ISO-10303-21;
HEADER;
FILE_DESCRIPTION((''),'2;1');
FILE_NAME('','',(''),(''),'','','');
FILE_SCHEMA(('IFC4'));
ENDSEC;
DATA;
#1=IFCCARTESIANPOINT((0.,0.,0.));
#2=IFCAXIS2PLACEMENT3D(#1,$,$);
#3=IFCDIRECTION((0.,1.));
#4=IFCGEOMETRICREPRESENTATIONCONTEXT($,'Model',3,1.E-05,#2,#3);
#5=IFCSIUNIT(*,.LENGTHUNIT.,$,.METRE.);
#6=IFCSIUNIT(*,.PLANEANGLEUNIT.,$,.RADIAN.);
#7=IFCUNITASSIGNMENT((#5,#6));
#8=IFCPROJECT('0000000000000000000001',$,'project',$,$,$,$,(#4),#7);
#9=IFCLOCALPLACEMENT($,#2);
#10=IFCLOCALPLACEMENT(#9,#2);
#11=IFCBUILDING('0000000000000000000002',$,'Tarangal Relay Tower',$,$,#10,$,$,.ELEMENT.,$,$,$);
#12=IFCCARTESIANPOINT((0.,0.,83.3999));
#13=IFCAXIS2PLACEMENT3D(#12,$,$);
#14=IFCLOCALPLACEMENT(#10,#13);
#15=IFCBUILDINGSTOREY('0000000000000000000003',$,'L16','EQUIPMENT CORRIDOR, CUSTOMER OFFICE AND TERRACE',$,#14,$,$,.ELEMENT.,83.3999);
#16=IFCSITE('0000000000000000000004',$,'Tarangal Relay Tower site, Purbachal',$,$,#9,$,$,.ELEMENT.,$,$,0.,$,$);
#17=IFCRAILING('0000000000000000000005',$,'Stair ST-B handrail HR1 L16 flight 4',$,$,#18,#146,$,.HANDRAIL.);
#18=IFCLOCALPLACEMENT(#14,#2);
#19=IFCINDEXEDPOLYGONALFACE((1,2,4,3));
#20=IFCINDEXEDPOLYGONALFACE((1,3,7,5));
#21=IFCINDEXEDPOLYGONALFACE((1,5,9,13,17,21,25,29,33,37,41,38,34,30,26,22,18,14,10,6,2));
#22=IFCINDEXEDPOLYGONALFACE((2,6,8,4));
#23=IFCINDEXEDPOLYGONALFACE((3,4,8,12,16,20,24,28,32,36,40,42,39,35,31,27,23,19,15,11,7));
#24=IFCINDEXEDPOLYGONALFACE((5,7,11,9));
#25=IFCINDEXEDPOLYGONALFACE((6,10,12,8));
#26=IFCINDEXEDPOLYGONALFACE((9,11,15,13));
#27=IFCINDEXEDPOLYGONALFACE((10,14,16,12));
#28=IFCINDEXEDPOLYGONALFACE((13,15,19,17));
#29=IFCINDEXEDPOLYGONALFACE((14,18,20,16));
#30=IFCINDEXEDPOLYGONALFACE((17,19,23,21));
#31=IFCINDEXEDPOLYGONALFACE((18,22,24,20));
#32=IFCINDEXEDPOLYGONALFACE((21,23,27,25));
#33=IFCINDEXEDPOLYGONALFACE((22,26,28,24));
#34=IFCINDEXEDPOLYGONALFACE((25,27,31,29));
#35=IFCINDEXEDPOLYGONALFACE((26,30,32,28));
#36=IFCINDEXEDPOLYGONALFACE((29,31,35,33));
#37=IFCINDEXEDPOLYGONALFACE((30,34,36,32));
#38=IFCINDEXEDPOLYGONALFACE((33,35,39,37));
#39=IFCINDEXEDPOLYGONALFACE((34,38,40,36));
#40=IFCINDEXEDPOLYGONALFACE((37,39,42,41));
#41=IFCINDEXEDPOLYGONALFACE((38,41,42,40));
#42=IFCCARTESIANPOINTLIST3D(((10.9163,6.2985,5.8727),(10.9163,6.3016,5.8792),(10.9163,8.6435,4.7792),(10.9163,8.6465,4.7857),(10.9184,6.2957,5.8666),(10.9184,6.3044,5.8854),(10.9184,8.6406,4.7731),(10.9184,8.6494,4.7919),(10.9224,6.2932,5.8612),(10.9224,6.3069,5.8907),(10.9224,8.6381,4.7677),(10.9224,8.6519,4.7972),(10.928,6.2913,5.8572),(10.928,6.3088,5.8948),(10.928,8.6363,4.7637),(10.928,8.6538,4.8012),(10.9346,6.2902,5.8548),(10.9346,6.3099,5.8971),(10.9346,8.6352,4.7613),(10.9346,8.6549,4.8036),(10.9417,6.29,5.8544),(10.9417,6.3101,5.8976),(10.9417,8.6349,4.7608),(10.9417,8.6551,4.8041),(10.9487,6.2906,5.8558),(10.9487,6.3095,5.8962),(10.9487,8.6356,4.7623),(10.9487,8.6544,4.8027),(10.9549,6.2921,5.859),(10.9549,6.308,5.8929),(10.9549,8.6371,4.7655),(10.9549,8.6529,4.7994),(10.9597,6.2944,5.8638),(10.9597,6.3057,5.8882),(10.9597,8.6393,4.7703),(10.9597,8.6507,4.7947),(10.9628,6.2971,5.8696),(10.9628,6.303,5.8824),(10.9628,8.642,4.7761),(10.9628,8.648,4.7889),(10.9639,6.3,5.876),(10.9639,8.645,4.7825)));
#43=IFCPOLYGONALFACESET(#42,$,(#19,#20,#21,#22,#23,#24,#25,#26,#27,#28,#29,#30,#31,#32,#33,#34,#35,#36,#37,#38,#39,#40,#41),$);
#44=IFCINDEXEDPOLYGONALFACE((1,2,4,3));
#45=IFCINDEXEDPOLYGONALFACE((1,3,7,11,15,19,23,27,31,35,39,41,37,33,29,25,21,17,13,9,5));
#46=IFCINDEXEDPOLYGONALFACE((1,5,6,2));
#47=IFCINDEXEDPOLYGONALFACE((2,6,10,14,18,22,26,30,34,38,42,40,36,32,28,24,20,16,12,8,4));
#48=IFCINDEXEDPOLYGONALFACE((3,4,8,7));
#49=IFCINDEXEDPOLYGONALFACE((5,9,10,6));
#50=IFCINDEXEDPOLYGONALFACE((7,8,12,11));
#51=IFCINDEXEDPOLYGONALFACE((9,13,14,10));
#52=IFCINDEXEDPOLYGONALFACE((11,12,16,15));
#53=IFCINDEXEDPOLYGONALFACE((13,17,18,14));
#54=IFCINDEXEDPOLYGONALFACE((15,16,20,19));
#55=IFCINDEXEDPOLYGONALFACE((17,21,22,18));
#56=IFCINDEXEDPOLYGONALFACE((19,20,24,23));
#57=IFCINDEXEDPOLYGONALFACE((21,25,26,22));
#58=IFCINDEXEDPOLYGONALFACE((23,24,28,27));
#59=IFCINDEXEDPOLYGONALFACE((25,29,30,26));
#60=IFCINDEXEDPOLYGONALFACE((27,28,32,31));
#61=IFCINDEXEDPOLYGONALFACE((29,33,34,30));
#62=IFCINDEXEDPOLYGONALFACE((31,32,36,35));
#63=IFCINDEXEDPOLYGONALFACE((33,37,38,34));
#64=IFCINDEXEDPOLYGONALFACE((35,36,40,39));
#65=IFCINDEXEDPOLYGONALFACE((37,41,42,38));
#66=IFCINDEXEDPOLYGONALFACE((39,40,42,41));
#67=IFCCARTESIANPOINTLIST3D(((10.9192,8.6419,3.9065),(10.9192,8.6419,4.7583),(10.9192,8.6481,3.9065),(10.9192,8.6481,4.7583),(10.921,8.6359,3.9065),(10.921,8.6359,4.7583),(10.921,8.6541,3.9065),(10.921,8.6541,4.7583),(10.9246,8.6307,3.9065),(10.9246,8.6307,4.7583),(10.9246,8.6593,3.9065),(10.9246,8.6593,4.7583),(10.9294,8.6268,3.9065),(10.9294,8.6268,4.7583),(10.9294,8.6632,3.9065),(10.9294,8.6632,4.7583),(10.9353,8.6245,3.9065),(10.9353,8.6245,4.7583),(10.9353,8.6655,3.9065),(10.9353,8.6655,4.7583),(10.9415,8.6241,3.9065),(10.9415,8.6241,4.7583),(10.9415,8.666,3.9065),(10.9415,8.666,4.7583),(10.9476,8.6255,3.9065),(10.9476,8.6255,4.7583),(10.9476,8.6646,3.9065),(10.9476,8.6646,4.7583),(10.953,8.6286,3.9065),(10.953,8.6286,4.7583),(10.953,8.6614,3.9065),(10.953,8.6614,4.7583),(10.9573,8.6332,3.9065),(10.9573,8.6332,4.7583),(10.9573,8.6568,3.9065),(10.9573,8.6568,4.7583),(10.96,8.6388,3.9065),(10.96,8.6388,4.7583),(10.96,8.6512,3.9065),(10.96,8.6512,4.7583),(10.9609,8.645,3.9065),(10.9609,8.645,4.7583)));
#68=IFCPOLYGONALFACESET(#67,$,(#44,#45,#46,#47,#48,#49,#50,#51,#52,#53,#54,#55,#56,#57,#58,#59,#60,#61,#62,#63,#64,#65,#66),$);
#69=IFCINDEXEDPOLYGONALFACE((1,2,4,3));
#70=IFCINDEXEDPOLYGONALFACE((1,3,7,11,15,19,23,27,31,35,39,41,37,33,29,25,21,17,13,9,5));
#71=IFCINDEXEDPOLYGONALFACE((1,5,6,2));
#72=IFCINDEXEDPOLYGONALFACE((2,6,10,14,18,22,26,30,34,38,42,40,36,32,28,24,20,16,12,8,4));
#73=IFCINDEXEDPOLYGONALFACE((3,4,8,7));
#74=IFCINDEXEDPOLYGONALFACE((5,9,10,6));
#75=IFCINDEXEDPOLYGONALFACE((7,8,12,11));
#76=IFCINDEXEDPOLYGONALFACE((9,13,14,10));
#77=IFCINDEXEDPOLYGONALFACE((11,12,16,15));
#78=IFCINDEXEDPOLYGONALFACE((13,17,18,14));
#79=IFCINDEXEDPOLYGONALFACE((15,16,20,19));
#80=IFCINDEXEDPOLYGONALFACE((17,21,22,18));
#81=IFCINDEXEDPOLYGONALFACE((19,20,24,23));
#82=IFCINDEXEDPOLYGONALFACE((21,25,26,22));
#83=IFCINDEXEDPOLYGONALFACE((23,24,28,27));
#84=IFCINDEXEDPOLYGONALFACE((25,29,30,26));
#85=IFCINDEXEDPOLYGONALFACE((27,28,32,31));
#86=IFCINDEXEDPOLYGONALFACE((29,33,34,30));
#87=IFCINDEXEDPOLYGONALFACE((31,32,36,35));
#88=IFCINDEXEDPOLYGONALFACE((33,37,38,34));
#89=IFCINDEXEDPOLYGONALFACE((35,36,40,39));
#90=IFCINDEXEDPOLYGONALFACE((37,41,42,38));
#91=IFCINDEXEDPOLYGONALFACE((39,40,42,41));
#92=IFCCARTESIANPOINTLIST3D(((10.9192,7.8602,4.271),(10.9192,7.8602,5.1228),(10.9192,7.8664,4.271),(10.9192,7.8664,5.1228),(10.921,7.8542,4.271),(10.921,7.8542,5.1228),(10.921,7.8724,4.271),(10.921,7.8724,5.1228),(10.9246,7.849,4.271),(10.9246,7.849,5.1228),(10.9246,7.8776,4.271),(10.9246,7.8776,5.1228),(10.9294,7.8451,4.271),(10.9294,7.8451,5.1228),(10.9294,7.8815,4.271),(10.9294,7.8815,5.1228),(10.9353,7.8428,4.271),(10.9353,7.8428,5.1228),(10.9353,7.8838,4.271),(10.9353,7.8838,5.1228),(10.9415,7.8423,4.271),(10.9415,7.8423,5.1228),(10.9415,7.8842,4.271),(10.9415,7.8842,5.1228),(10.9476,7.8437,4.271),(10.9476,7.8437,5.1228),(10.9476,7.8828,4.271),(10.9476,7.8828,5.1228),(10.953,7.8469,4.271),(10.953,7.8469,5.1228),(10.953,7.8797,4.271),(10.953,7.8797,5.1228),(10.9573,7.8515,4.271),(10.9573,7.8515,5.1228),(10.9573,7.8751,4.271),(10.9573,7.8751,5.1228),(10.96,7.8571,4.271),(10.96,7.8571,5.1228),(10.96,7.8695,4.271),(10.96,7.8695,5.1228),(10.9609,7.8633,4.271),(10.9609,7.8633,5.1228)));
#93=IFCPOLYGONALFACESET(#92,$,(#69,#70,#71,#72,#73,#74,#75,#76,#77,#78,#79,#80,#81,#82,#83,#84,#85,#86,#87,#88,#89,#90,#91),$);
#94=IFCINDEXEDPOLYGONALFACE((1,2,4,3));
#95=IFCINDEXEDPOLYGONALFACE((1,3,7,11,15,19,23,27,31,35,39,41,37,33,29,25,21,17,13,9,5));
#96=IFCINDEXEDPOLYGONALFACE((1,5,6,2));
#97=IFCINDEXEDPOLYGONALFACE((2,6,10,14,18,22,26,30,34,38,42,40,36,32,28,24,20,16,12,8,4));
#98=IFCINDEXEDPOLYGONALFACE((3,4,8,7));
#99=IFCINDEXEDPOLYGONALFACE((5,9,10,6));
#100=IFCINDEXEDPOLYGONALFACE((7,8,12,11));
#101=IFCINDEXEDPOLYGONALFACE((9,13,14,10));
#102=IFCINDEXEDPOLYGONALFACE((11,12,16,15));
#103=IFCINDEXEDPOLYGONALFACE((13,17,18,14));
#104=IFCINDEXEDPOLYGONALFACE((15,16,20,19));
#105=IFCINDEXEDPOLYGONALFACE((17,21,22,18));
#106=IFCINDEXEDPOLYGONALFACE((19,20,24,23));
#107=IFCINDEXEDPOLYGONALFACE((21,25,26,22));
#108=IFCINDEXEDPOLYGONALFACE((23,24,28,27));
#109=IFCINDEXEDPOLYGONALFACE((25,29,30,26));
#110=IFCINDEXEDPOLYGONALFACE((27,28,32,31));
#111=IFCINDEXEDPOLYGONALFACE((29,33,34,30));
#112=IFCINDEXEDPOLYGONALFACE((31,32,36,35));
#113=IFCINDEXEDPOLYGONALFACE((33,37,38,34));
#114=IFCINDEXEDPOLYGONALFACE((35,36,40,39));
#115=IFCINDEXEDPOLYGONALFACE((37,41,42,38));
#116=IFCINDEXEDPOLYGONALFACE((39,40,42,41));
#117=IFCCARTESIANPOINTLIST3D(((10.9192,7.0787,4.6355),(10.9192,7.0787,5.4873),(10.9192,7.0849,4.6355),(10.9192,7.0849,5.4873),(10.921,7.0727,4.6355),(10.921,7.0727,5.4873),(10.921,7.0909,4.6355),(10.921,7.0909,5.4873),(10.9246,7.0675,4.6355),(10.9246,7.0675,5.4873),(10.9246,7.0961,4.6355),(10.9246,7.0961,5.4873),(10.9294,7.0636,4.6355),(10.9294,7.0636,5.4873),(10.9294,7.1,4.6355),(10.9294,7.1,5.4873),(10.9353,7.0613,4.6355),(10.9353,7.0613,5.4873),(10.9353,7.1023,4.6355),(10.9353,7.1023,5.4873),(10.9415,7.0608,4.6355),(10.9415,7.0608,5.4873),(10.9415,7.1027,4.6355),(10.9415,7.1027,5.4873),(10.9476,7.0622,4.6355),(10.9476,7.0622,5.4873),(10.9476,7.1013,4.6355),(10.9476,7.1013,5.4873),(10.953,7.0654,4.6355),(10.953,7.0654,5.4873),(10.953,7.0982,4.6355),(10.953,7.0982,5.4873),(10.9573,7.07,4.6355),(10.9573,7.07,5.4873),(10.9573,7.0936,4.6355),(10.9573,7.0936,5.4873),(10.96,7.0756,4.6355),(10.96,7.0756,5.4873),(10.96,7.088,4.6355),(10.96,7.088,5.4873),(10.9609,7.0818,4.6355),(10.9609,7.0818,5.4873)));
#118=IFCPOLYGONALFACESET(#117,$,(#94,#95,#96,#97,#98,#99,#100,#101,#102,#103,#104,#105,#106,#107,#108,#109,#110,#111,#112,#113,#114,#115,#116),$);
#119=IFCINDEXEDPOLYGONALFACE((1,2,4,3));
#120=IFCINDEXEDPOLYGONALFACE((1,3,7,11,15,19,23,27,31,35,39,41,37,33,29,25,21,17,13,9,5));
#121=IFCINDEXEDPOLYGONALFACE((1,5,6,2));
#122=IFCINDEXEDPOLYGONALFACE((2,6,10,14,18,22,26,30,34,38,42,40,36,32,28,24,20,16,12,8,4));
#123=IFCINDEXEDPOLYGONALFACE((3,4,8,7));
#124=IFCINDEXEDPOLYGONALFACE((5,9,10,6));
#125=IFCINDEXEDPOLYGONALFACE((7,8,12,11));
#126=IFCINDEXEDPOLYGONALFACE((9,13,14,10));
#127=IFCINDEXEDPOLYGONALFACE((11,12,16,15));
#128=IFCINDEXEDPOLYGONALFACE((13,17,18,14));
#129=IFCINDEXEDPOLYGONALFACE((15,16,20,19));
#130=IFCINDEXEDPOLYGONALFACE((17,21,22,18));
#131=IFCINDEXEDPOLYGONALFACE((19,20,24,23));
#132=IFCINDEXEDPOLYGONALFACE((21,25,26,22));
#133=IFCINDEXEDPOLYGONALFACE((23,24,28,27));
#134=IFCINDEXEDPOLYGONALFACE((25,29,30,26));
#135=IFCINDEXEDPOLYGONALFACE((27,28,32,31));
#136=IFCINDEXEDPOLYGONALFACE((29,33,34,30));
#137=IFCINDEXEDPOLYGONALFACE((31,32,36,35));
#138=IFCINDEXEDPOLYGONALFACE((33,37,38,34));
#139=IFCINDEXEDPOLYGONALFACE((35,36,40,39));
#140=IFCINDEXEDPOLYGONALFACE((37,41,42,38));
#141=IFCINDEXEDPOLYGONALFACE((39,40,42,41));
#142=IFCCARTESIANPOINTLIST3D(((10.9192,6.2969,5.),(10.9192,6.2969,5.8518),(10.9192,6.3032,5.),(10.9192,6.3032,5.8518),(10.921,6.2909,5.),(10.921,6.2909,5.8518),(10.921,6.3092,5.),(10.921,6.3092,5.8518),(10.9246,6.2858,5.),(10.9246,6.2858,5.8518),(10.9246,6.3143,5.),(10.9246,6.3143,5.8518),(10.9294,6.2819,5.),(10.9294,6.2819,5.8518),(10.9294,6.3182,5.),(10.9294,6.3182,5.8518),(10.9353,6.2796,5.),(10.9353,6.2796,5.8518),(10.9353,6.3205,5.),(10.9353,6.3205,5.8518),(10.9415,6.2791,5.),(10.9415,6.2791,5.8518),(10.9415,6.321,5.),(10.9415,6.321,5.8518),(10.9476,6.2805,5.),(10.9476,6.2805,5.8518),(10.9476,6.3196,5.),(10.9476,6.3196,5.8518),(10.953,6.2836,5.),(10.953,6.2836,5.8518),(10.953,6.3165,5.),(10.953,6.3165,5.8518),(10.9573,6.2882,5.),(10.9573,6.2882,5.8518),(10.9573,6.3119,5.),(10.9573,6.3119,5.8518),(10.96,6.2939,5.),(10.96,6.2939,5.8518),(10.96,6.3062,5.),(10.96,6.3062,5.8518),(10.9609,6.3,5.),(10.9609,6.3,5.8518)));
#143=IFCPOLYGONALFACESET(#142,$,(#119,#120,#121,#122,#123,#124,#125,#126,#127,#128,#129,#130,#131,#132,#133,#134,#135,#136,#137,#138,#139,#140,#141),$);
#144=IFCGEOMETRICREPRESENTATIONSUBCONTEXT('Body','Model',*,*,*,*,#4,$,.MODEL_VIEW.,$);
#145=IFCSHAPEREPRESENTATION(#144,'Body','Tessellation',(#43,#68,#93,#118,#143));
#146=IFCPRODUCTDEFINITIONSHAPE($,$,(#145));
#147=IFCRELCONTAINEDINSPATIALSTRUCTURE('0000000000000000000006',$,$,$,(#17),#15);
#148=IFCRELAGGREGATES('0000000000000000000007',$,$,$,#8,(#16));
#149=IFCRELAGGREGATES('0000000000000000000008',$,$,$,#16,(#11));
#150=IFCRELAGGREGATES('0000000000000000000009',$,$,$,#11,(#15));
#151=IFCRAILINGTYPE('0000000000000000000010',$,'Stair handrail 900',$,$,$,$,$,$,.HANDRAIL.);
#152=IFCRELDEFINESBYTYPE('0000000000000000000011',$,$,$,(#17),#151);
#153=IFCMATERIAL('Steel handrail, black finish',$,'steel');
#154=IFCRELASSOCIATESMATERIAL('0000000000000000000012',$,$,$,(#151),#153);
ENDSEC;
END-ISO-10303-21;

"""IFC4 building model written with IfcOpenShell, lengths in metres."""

from ifc_helpers import new_model, si_unit, direction, frame, origin, origin_2d, place, context, subcontext, project, spatial, circle, extrude, material, type_object, element, save


model = new_model("IFC4")

# Units and contexts
model_context = context("Model", 3, precision=1e-05, world=origin(), true_north=direction((0.0, 1.0)))
body_context = subcontext(model_context, "Body", "Model", "MODEL_VIEW")
ifc_project = project(units=[si_unit("LENGTHUNIT", "METRE"), si_unit("PLANEANGLEUNIT", "RADIAN")], contexts=[model_context])

# Site, building, storey
site_placement = place(None, origin())
site = spatial("IfcSite", under=ifc_project, at=site_placement, Name="Tarangal Relay Tower site, Purbachal", CompositionType="ELEMENT", RefElevation=0.0)
building_placement = place(site_placement, origin())
building = spatial("IfcBuilding", under=site, at=building_placement, Name="Tarangal Relay Tower", CompositionType="ELEMENT")
storey_placement = place(building_placement, frame((0.0, 0.0, 83.3999)))
storey = spatial("IfcBuildingStorey", under=building, at=storey_placement, Name="L16", Description="EQUIPMENT CORRIDOR, CUSTOMER OFFICE AND TERRACE", CompositionType="ELEMENT", Elevation=83.3999)

# Railing
ifc_material_1 = material(Name="Steel handrail, black finish", Category="steel")
railing_type_1 = type_object("IfcRailingType", Name="Stair handrail 900", PredefinedType="HANDRAIL", material=ifc_material_1)
for number, where, name in (
    (1, (10.9399, 8.645, 3.9065), "Stair ST-B handrail HR1 L16 flight 4"),
):
    element("IfcRailing", number, at=place(storey_placement, frame(where)), inside=storey, type_object=railing_type_1, Name=name, PredefinedType="HANDRAIL", context=body_context, shape_type="SweptSolid", body=[
        extrude(circle(Radius=0.0239, at=origin_2d()), frame((0.0, 0.0, 0.876), z_axis=(0.0, -0.906304, 0.422627), x_axis=(1.0, 0.0, 0.0)), (0.0, 0.0, 1.0), 2.5874),
        extrude(circle(Radius=0.021, at=origin_2d()), origin(), (0.0, 0.0, 1.0), 0.8518),
        extrude(circle(Radius=0.021, at=origin_2d()), frame((0.0, -0.7817, 0.3645)), (0.0, 0.0, 1.0), 0.8518),
        extrude(circle(Radius=0.021, at=origin_2d()), frame((0.0, -1.5632, 0.729)), (0.0, 0.0, 1.0), 0.8518),
        extrude(circle(Radius=0.021, at=origin_2d()), frame((0.0, -2.345, 1.0935)), (0.0, 0.0, 1.0), 0.8518),
    ])

save(model, "model.ifc")
